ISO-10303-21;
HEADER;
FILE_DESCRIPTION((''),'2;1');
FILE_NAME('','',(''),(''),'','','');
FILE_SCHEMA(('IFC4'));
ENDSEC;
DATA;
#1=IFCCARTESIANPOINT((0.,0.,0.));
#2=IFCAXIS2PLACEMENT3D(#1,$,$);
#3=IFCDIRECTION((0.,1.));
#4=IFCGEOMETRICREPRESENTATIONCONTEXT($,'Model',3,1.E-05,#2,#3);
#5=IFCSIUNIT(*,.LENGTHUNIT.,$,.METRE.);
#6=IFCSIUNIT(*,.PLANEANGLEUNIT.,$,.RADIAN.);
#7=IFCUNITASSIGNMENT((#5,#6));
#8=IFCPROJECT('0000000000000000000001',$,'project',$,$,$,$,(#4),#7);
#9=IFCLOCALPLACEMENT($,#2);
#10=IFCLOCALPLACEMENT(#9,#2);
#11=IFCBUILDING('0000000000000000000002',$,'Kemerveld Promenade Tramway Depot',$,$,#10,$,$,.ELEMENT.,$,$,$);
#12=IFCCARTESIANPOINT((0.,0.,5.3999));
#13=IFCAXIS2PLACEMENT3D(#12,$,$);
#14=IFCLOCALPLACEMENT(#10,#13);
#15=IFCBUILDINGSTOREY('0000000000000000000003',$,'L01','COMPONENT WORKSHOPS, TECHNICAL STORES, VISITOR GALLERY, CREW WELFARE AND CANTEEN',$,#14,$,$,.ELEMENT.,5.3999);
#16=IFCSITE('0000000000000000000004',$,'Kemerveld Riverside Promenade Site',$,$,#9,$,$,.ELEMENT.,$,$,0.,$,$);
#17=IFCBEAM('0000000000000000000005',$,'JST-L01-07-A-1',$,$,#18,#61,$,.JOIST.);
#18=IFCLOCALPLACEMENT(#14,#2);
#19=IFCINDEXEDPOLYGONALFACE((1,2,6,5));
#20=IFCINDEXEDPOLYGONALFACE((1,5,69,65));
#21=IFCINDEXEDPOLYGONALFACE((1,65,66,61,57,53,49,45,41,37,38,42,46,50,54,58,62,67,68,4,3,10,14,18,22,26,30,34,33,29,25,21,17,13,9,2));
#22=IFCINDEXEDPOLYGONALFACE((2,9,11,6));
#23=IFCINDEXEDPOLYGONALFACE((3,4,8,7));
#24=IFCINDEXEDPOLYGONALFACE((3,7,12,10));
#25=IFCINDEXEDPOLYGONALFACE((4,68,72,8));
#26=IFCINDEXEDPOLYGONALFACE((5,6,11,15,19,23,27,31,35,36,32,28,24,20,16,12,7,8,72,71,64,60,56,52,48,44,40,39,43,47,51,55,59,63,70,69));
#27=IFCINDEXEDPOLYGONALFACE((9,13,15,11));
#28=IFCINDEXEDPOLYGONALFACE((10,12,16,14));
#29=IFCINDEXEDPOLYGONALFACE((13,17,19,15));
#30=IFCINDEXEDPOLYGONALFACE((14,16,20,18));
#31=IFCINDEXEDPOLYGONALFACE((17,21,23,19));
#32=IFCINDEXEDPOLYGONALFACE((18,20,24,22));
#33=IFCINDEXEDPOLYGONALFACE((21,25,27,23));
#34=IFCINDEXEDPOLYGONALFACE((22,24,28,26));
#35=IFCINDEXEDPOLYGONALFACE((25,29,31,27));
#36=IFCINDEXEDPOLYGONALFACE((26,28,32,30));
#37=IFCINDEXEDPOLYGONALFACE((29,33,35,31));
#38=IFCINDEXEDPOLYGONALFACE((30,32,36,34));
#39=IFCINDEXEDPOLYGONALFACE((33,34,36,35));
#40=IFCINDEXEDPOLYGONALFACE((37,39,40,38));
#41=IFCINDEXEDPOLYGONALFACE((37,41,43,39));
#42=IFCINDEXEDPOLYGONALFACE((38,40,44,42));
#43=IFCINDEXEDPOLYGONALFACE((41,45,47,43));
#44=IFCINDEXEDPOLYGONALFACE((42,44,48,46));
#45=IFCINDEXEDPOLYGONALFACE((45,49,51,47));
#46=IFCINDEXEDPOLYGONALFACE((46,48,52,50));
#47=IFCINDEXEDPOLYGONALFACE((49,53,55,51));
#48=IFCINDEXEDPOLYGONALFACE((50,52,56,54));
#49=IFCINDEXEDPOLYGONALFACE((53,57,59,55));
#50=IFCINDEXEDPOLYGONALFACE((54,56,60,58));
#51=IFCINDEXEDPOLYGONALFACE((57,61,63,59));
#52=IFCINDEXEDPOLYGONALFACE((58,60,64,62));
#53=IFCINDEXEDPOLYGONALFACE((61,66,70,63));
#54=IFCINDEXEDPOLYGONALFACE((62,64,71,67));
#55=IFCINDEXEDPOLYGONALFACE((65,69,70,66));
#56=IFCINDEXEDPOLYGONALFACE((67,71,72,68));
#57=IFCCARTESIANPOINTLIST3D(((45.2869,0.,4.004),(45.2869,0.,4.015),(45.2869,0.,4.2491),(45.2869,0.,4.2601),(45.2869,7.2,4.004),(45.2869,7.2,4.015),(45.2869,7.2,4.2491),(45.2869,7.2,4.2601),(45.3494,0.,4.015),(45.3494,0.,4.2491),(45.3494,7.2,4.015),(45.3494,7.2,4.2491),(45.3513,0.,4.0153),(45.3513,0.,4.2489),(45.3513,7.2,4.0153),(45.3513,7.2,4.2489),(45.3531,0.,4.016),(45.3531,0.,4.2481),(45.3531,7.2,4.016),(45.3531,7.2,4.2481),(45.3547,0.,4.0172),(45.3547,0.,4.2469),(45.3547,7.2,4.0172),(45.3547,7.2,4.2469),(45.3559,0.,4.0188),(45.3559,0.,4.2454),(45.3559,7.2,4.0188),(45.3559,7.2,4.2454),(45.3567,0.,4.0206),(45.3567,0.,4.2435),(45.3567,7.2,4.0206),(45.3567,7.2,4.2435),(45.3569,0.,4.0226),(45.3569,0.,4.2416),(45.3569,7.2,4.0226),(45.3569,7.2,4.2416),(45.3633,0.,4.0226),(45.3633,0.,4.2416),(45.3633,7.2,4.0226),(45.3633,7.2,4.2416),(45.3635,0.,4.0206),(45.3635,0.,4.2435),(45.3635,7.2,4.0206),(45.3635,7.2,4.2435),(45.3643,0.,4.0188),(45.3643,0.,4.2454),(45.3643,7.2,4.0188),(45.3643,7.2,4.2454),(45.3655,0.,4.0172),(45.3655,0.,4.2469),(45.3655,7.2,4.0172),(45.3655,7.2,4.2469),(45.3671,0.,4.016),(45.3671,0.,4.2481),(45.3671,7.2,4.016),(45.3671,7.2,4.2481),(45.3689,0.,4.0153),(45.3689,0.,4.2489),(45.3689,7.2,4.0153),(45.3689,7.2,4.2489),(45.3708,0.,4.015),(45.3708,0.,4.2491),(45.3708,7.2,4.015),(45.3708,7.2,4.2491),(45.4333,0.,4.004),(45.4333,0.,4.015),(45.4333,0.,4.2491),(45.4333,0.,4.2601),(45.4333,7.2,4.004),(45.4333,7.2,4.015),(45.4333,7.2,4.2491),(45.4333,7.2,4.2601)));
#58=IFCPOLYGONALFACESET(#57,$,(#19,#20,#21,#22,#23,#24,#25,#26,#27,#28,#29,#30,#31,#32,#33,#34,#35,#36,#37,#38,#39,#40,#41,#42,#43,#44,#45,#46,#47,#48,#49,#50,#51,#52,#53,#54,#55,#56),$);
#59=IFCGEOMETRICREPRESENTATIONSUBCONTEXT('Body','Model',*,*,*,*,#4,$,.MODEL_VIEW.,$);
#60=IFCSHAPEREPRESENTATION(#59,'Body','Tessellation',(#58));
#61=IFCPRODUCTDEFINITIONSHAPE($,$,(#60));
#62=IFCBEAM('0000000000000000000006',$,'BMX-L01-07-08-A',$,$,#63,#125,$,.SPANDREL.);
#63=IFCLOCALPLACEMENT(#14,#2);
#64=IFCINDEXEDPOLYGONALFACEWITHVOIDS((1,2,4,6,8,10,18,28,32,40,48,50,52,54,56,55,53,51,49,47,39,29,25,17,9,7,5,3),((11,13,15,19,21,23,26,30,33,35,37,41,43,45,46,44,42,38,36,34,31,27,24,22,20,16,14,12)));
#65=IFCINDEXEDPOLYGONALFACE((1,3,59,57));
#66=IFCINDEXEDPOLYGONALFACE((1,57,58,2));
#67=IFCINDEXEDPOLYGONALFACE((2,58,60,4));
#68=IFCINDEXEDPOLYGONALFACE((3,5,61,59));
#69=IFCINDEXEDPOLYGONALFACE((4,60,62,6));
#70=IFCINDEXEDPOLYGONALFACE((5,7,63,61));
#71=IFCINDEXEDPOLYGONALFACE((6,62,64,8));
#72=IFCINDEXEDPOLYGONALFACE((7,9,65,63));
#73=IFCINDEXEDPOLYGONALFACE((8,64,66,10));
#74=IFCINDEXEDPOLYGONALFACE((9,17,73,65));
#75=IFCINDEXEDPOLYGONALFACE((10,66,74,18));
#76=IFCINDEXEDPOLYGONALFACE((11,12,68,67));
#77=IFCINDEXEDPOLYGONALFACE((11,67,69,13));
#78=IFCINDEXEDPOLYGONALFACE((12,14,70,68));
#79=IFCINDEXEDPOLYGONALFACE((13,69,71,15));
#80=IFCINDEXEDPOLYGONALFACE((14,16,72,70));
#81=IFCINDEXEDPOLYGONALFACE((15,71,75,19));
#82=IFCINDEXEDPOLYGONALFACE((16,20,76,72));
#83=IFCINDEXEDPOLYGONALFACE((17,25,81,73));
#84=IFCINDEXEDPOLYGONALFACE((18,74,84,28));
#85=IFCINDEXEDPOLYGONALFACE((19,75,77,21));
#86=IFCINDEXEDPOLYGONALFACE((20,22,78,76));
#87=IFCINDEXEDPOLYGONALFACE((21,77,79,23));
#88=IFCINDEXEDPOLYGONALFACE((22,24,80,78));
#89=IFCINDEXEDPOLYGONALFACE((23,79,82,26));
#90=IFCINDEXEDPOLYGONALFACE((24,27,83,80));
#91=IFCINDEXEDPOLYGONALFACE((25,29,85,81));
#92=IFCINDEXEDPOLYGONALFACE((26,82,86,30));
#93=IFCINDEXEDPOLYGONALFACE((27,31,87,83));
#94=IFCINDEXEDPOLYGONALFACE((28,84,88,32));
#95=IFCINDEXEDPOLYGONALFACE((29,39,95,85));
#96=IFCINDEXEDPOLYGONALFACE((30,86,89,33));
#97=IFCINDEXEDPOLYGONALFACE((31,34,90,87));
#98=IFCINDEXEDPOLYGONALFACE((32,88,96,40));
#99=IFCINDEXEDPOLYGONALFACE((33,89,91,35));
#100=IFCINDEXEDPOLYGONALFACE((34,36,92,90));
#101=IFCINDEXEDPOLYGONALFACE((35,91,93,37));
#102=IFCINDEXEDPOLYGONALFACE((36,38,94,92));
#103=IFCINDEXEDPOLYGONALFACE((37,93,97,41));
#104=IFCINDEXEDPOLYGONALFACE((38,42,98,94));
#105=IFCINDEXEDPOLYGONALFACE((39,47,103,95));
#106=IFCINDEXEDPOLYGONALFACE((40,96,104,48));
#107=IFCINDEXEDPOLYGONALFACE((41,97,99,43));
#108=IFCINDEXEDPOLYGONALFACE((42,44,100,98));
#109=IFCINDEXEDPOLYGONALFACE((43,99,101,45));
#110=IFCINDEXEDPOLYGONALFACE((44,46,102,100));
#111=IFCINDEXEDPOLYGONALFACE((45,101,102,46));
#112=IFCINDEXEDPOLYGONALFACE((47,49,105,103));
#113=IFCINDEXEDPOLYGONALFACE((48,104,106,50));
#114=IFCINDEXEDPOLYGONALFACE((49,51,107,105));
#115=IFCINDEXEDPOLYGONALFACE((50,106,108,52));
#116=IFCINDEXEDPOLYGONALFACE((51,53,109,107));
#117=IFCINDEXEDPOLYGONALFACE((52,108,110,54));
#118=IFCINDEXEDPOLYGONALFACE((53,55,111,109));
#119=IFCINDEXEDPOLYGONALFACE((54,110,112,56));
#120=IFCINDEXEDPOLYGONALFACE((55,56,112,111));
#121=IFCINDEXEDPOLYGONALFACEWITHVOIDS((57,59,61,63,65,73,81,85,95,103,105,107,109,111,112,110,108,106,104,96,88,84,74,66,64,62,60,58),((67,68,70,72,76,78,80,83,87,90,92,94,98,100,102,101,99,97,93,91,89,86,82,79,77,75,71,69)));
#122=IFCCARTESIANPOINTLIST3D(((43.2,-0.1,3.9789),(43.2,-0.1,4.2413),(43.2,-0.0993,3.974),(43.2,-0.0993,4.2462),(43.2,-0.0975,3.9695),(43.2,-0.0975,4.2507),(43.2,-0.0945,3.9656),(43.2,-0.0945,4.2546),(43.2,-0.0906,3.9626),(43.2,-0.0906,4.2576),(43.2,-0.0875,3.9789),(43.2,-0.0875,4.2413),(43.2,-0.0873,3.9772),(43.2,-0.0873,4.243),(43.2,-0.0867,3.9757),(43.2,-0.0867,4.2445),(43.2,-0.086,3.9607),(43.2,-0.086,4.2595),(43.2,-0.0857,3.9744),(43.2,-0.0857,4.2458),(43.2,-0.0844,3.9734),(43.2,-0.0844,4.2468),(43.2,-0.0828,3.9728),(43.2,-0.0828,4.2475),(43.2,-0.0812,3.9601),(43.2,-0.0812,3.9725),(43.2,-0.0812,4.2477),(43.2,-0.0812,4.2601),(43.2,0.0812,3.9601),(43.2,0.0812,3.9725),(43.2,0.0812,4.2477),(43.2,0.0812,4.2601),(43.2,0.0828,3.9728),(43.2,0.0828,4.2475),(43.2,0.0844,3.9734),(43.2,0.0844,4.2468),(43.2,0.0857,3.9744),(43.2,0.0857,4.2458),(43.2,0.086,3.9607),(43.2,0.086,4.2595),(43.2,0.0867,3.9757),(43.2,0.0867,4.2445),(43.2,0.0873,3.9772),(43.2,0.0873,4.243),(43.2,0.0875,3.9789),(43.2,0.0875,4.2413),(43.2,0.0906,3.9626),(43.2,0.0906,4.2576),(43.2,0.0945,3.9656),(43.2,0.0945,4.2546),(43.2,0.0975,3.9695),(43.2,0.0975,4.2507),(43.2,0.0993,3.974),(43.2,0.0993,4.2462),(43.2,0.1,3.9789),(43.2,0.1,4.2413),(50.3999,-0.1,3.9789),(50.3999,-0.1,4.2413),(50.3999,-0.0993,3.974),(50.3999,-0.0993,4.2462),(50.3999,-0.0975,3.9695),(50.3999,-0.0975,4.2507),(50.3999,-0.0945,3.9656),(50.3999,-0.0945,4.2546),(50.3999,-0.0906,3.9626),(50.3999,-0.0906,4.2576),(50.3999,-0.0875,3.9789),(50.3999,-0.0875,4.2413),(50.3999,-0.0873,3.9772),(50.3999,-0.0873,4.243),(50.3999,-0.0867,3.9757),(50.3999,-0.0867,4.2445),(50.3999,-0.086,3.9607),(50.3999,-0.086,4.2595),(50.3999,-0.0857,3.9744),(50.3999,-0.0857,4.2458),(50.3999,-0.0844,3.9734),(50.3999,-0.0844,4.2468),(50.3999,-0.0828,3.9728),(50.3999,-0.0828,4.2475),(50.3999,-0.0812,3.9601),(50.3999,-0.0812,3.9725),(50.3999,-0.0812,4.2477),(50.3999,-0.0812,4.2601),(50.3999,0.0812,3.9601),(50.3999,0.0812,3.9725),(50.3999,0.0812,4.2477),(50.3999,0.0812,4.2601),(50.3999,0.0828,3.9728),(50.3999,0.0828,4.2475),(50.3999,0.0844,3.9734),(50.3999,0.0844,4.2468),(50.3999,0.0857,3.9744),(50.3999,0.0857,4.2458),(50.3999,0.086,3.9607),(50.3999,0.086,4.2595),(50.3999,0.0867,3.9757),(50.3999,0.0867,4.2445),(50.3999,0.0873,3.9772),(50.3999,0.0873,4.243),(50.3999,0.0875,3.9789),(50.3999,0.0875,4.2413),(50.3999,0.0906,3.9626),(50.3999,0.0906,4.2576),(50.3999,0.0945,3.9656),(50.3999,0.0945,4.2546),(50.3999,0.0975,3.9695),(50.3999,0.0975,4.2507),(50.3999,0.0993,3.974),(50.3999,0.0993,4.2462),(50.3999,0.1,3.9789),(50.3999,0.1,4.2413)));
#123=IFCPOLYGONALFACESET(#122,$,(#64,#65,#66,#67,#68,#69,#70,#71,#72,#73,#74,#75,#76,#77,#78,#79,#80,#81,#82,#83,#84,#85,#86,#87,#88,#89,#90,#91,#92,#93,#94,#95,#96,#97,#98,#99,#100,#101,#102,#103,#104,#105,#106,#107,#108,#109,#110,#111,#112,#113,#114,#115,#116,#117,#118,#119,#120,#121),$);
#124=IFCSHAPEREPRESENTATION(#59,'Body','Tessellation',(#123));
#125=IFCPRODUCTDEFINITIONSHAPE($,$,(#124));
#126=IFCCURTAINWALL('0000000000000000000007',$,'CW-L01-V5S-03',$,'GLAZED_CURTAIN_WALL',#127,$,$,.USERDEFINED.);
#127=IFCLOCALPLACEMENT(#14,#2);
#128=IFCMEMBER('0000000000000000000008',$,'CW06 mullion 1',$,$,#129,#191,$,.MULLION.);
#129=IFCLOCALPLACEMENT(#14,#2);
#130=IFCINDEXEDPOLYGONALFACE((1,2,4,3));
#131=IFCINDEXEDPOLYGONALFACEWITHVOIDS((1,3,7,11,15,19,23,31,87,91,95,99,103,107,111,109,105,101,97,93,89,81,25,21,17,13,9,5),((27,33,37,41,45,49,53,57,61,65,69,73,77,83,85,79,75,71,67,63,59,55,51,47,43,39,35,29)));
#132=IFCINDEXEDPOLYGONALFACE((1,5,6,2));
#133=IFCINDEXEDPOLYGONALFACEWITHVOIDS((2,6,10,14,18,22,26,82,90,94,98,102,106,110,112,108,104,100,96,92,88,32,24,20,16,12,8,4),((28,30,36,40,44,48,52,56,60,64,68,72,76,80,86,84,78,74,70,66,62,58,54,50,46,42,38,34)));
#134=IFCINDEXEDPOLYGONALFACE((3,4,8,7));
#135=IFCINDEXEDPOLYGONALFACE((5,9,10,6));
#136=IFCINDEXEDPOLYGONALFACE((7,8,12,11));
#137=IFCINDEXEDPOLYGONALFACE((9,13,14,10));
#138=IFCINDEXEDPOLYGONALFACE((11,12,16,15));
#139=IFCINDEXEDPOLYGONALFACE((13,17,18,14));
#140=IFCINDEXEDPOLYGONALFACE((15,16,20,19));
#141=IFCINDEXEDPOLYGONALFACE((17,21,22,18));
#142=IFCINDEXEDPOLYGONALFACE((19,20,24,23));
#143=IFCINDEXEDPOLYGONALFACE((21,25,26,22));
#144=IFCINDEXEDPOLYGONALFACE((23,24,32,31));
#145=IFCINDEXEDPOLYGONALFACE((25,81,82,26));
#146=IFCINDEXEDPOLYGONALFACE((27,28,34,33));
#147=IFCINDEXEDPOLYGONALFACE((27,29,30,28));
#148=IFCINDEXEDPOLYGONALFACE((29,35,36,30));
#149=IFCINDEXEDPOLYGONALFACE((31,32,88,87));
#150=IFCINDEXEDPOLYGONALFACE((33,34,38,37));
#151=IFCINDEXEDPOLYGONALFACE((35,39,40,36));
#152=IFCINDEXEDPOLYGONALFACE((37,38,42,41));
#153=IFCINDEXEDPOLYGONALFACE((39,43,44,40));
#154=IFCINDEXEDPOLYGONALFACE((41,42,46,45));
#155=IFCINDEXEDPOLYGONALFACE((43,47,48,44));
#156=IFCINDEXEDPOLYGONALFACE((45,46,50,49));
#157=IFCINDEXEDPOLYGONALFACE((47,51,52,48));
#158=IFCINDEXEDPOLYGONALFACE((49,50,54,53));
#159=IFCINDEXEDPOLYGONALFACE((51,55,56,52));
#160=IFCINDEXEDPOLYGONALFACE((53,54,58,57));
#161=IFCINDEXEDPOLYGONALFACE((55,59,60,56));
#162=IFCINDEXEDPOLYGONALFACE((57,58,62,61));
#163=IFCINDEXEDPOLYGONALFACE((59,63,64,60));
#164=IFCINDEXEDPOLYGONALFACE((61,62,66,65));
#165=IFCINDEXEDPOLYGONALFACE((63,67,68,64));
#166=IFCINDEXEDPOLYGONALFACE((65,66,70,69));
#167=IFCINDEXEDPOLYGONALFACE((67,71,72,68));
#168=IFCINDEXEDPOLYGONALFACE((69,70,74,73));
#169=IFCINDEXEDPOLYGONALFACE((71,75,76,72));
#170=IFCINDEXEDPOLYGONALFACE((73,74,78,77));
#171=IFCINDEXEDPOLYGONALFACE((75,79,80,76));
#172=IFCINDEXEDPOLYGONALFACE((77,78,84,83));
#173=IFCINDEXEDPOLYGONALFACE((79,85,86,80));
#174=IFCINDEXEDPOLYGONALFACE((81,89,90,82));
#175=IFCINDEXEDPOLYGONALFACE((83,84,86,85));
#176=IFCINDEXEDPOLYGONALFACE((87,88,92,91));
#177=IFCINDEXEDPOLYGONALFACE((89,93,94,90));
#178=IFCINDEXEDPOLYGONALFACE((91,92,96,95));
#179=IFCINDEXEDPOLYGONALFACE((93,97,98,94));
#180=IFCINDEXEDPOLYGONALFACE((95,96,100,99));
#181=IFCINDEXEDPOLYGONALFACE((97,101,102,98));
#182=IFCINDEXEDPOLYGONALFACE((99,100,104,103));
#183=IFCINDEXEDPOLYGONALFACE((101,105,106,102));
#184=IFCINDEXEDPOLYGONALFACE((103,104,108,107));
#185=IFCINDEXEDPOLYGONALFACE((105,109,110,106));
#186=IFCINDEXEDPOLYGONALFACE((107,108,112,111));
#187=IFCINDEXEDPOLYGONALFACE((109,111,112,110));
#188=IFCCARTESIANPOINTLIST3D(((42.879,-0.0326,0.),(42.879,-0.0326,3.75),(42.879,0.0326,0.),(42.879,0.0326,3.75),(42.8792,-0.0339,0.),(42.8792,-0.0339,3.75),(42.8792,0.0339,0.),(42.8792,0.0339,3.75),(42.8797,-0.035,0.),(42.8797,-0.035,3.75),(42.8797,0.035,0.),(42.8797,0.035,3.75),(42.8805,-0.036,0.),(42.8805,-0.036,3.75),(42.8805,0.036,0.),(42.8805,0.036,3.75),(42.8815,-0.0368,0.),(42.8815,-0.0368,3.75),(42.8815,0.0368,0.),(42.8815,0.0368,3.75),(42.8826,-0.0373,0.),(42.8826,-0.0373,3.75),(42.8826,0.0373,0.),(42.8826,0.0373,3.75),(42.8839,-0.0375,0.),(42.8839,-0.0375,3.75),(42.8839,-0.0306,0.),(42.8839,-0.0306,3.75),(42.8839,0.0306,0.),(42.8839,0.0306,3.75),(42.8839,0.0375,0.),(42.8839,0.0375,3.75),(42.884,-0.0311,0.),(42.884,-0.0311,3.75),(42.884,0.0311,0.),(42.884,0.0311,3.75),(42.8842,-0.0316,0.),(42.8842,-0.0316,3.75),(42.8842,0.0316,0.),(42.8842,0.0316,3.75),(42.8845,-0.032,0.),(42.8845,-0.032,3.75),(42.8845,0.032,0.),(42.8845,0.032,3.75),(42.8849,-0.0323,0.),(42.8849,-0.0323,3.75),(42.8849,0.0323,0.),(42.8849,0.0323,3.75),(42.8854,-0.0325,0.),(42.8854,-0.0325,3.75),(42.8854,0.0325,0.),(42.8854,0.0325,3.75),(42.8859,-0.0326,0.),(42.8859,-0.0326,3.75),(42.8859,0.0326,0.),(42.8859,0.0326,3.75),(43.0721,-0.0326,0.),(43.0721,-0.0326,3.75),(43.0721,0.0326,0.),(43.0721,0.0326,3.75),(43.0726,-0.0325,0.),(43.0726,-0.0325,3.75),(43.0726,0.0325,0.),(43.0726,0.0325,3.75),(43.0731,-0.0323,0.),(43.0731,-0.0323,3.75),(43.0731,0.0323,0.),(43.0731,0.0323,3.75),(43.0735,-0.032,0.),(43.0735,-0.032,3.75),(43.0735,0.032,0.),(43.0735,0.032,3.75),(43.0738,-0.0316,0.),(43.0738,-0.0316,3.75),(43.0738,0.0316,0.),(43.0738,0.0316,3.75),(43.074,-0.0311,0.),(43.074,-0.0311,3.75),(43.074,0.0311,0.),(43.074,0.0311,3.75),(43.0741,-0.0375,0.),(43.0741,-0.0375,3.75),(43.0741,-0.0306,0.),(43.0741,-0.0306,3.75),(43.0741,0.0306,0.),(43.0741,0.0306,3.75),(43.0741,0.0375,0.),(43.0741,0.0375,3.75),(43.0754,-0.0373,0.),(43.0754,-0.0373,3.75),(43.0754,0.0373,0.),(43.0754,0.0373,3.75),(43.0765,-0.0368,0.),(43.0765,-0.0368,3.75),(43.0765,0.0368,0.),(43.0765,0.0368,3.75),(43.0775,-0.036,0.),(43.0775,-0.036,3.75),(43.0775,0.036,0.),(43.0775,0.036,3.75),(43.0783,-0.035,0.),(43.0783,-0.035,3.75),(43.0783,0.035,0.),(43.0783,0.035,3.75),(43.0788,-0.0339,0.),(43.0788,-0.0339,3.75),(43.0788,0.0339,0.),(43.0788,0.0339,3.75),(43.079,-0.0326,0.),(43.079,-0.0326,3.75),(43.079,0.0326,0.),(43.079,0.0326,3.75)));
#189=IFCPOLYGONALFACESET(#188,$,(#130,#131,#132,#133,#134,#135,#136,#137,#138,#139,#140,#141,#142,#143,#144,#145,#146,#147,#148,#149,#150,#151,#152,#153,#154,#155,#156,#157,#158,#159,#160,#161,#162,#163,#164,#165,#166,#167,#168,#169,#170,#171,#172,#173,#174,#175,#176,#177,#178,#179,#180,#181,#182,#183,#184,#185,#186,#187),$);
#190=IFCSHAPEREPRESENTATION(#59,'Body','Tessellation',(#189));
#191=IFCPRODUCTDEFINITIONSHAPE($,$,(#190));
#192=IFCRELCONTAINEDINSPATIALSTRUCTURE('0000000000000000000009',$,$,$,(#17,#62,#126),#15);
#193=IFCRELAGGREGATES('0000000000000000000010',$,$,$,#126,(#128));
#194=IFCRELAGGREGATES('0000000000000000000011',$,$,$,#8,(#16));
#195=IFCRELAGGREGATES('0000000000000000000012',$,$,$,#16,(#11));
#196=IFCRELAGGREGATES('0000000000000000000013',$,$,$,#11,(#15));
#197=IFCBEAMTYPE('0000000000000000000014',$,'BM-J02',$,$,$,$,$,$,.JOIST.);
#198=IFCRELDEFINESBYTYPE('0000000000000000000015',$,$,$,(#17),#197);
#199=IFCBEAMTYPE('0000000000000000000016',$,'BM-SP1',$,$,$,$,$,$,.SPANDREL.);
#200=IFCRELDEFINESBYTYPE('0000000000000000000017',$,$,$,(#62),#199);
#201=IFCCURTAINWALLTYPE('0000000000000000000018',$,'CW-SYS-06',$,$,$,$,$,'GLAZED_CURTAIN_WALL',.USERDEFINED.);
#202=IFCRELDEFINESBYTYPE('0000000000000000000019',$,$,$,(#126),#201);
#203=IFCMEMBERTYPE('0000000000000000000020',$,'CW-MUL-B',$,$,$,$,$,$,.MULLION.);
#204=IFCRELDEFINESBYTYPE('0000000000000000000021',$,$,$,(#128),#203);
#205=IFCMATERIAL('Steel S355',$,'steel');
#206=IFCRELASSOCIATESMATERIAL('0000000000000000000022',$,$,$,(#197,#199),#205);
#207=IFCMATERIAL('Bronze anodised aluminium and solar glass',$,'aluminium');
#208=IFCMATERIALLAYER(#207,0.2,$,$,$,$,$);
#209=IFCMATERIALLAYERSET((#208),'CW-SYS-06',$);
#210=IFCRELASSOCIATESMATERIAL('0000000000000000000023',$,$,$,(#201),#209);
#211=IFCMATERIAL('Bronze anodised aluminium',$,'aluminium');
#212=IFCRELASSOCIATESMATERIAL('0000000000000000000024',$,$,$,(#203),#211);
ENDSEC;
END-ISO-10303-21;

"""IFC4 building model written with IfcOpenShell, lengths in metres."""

from ifc_helpers import new_model, si_unit, direction, frame, origin, origin_2d, place, context, subcontext, project, spatial, hollow_rectangle, i_section, extrude, material, layer, layer_set, material_profile, profile_set, type_object, element, aggregate, save


model = new_model("IFC4")

# Units and contexts
model_context = context("Model", 3, precision=1e-05, world=origin(), true_north=direction((0.0, 1.0)))
body_context = subcontext(model_context, "Body", "Model", "MODEL_VIEW")
ifc_project = project(units=[si_unit("LENGTHUNIT", "METRE"), si_unit("PLANEANGLEUNIT", "RADIAN")], contexts=[model_context])

# Site, building, storey
site_placement = place(None, origin())
site = spatial("IfcSite", under=ifc_project, at=site_placement, Name="Kemerveld Riverside Promenade Site", CompositionType="ELEMENT", RefElevation=0.0)
building_placement = place(site_placement, origin())
building = spatial("IfcBuilding", under=site, at=building_placement, Name="Kemerveld Promenade Tramway Depot", CompositionType="ELEMENT")
storey_placement = place(building_placement, frame((0.0, 0.0, 5.3999)))
storey = spatial("IfcBuildingStorey", under=building, at=storey_placement, Name="L01", Description="COMPONENT WORKSHOPS, TECHNICAL STORES, VISITOR GALLERY, CREW WELFARE AND CANTEEN", CompositionType="ELEMENT", Elevation=5.3999)

# Shared definitions
ifc_material_1 = material(Name="Steel S355", Category="steel")

# Beams
ifc_material_profile_1 = material_profile(ifc_material_1, i_section(OverallWidth=0.1465, OverallDepth=0.2561, WebThickness=0.0063, FlangeThickness=0.011, FilletRadius=0.0076, at=origin_2d()), Name="254x146x37 UB")
ifc_profile_set_1 = profile_set([ifc_material_profile_1], Name="Steel S355")
beam_type_1 = type_object("IfcBeamType", Name="BM-J02", PredefinedType="JOIST", material=ifc_profile_set_1)
beam_1_placement = place(storey_placement, frame((45.3601, 0.0, 4.1321), z_axis=(0.0, 1.0, 0.0), x_axis=(-1.0, 0.0, 0.0)))
element("IfcBeam", 1, at=beam_1_placement, inside=storey, type_object=beam_type_1, Name="JST-L01-07-A-1", PredefinedType="JOIST", context=body_context, shape_type="SweptSolid", body=[
    extrude(i_section(OverallWidth=0.1465, OverallDepth=0.2561, WebThickness=0.0063, FlangeThickness=0.011, FilletRadius=0.0076, at=origin_2d()), origin(), (0.0, 0.0, 1.0), 7.2),
])
ifc_material_profile_2 = material_profile(ifc_material_1, hollow_rectangle(XDim=0.2, YDim=0.3, WallThickness=0.0125, InnerFilletRadius=0.0063, OuterFilletRadius=0.0188, at=origin_2d()), Name="300x200x12.5 RHS")
ifc_profile_set_2 = profile_set([ifc_material_profile_2], Name="Steel S355")
beam_type_2 = type_object("IfcBeamType", Name="BM-SP1", PredefinedType="SPANDREL", material=ifc_profile_set_2)
beam_2_placement = place(storey_placement, frame((43.2, 0.0, 4.1101), z_axis=(1.0, 0.0, 0.0), x_axis=(0.0, 1.0, 0.0)))
element("IfcBeam", 2, at=beam_2_placement, inside=storey, type_object=beam_type_2, Name="BMX-L01-07-08-A", PredefinedType="SPANDREL", context=body_context, shape_type="SweptSolid", body=[
    extrude(hollow_rectangle(XDim=0.2, YDim=0.3, WallThickness=0.0125, InnerFilletRadius=0.0063, OuterFilletRadius=0.0188, at=origin_2d()), origin(), (0.0, 0.0, 1.0), 7.2),
])

# Curtain wall, member
ifc_material_2 = material(Name="Bronze anodised aluminium and solar glass", Category="aluminium")
ifc_layer_1 = layer(ifc_material_2, 0.2)
ifc_layer_set_1 = layer_set([ifc_layer_1], Name="CW-SYS-06")
curtain_wall_type = type_object("IfcCurtainWallType", Name="CW-SYS-06", ElementType="GLAZED_CURTAIN_WALL", PredefinedType="USERDEFINED", material=ifc_layer_set_1)
curtain_wall_placement = place(storey_placement, origin())
curtain_wall = element("IfcCurtainWall", 3, at=curtain_wall_placement, inside=storey, type_object=curtain_wall_type, Name="CW-L01-V5S-03", ObjectType="GLAZED_CURTAIN_WALL", PredefinedType="USERDEFINED")
ifc_material_3 = material(Name="Bronze anodised aluminium", Category="aluminium")
ifc_material_profile_3 = material_profile(ifc_material_3, hollow_rectangle(XDim=0.075, YDim=0.2, WallThickness=0.0049, InnerFilletRadius=0.002, OuterFilletRadius=0.0049, at=origin_2d()), Name="CW-MUL-200x75")
ifc_profile_set_3 = profile_set([ifc_material_profile_3], Name="Bronze anodised aluminium")
member_type_1 = type_object("IfcMemberType", Name="CW-MUL-B", PredefinedType="MULLION", material=ifc_profile_set_3)
member_1_placement = place(storey_placement, frame((42.979, 0.0, 0.0), z_axis=(0.0, 0.0, 1.0), x_axis=(0.0, -1.0, 0.0)))
member_1 = element("IfcMember", 4, at=member_1_placement, type_object=member_type_1, Name="CW06 mullion 1", PredefinedType="MULLION", context=body_context, shape_type="SweptSolid", body=[
    extrude(hollow_rectangle(XDim=0.075, YDim=0.2, WallThickness=0.0049, InnerFilletRadius=0.002, OuterFilletRadius=0.0049, at=origin_2d()), origin(), (0.0, 0.0, 1.0), 3.75),
])
aggregate(curtain_wall, [member_1])

save(model, "model.ifc")
